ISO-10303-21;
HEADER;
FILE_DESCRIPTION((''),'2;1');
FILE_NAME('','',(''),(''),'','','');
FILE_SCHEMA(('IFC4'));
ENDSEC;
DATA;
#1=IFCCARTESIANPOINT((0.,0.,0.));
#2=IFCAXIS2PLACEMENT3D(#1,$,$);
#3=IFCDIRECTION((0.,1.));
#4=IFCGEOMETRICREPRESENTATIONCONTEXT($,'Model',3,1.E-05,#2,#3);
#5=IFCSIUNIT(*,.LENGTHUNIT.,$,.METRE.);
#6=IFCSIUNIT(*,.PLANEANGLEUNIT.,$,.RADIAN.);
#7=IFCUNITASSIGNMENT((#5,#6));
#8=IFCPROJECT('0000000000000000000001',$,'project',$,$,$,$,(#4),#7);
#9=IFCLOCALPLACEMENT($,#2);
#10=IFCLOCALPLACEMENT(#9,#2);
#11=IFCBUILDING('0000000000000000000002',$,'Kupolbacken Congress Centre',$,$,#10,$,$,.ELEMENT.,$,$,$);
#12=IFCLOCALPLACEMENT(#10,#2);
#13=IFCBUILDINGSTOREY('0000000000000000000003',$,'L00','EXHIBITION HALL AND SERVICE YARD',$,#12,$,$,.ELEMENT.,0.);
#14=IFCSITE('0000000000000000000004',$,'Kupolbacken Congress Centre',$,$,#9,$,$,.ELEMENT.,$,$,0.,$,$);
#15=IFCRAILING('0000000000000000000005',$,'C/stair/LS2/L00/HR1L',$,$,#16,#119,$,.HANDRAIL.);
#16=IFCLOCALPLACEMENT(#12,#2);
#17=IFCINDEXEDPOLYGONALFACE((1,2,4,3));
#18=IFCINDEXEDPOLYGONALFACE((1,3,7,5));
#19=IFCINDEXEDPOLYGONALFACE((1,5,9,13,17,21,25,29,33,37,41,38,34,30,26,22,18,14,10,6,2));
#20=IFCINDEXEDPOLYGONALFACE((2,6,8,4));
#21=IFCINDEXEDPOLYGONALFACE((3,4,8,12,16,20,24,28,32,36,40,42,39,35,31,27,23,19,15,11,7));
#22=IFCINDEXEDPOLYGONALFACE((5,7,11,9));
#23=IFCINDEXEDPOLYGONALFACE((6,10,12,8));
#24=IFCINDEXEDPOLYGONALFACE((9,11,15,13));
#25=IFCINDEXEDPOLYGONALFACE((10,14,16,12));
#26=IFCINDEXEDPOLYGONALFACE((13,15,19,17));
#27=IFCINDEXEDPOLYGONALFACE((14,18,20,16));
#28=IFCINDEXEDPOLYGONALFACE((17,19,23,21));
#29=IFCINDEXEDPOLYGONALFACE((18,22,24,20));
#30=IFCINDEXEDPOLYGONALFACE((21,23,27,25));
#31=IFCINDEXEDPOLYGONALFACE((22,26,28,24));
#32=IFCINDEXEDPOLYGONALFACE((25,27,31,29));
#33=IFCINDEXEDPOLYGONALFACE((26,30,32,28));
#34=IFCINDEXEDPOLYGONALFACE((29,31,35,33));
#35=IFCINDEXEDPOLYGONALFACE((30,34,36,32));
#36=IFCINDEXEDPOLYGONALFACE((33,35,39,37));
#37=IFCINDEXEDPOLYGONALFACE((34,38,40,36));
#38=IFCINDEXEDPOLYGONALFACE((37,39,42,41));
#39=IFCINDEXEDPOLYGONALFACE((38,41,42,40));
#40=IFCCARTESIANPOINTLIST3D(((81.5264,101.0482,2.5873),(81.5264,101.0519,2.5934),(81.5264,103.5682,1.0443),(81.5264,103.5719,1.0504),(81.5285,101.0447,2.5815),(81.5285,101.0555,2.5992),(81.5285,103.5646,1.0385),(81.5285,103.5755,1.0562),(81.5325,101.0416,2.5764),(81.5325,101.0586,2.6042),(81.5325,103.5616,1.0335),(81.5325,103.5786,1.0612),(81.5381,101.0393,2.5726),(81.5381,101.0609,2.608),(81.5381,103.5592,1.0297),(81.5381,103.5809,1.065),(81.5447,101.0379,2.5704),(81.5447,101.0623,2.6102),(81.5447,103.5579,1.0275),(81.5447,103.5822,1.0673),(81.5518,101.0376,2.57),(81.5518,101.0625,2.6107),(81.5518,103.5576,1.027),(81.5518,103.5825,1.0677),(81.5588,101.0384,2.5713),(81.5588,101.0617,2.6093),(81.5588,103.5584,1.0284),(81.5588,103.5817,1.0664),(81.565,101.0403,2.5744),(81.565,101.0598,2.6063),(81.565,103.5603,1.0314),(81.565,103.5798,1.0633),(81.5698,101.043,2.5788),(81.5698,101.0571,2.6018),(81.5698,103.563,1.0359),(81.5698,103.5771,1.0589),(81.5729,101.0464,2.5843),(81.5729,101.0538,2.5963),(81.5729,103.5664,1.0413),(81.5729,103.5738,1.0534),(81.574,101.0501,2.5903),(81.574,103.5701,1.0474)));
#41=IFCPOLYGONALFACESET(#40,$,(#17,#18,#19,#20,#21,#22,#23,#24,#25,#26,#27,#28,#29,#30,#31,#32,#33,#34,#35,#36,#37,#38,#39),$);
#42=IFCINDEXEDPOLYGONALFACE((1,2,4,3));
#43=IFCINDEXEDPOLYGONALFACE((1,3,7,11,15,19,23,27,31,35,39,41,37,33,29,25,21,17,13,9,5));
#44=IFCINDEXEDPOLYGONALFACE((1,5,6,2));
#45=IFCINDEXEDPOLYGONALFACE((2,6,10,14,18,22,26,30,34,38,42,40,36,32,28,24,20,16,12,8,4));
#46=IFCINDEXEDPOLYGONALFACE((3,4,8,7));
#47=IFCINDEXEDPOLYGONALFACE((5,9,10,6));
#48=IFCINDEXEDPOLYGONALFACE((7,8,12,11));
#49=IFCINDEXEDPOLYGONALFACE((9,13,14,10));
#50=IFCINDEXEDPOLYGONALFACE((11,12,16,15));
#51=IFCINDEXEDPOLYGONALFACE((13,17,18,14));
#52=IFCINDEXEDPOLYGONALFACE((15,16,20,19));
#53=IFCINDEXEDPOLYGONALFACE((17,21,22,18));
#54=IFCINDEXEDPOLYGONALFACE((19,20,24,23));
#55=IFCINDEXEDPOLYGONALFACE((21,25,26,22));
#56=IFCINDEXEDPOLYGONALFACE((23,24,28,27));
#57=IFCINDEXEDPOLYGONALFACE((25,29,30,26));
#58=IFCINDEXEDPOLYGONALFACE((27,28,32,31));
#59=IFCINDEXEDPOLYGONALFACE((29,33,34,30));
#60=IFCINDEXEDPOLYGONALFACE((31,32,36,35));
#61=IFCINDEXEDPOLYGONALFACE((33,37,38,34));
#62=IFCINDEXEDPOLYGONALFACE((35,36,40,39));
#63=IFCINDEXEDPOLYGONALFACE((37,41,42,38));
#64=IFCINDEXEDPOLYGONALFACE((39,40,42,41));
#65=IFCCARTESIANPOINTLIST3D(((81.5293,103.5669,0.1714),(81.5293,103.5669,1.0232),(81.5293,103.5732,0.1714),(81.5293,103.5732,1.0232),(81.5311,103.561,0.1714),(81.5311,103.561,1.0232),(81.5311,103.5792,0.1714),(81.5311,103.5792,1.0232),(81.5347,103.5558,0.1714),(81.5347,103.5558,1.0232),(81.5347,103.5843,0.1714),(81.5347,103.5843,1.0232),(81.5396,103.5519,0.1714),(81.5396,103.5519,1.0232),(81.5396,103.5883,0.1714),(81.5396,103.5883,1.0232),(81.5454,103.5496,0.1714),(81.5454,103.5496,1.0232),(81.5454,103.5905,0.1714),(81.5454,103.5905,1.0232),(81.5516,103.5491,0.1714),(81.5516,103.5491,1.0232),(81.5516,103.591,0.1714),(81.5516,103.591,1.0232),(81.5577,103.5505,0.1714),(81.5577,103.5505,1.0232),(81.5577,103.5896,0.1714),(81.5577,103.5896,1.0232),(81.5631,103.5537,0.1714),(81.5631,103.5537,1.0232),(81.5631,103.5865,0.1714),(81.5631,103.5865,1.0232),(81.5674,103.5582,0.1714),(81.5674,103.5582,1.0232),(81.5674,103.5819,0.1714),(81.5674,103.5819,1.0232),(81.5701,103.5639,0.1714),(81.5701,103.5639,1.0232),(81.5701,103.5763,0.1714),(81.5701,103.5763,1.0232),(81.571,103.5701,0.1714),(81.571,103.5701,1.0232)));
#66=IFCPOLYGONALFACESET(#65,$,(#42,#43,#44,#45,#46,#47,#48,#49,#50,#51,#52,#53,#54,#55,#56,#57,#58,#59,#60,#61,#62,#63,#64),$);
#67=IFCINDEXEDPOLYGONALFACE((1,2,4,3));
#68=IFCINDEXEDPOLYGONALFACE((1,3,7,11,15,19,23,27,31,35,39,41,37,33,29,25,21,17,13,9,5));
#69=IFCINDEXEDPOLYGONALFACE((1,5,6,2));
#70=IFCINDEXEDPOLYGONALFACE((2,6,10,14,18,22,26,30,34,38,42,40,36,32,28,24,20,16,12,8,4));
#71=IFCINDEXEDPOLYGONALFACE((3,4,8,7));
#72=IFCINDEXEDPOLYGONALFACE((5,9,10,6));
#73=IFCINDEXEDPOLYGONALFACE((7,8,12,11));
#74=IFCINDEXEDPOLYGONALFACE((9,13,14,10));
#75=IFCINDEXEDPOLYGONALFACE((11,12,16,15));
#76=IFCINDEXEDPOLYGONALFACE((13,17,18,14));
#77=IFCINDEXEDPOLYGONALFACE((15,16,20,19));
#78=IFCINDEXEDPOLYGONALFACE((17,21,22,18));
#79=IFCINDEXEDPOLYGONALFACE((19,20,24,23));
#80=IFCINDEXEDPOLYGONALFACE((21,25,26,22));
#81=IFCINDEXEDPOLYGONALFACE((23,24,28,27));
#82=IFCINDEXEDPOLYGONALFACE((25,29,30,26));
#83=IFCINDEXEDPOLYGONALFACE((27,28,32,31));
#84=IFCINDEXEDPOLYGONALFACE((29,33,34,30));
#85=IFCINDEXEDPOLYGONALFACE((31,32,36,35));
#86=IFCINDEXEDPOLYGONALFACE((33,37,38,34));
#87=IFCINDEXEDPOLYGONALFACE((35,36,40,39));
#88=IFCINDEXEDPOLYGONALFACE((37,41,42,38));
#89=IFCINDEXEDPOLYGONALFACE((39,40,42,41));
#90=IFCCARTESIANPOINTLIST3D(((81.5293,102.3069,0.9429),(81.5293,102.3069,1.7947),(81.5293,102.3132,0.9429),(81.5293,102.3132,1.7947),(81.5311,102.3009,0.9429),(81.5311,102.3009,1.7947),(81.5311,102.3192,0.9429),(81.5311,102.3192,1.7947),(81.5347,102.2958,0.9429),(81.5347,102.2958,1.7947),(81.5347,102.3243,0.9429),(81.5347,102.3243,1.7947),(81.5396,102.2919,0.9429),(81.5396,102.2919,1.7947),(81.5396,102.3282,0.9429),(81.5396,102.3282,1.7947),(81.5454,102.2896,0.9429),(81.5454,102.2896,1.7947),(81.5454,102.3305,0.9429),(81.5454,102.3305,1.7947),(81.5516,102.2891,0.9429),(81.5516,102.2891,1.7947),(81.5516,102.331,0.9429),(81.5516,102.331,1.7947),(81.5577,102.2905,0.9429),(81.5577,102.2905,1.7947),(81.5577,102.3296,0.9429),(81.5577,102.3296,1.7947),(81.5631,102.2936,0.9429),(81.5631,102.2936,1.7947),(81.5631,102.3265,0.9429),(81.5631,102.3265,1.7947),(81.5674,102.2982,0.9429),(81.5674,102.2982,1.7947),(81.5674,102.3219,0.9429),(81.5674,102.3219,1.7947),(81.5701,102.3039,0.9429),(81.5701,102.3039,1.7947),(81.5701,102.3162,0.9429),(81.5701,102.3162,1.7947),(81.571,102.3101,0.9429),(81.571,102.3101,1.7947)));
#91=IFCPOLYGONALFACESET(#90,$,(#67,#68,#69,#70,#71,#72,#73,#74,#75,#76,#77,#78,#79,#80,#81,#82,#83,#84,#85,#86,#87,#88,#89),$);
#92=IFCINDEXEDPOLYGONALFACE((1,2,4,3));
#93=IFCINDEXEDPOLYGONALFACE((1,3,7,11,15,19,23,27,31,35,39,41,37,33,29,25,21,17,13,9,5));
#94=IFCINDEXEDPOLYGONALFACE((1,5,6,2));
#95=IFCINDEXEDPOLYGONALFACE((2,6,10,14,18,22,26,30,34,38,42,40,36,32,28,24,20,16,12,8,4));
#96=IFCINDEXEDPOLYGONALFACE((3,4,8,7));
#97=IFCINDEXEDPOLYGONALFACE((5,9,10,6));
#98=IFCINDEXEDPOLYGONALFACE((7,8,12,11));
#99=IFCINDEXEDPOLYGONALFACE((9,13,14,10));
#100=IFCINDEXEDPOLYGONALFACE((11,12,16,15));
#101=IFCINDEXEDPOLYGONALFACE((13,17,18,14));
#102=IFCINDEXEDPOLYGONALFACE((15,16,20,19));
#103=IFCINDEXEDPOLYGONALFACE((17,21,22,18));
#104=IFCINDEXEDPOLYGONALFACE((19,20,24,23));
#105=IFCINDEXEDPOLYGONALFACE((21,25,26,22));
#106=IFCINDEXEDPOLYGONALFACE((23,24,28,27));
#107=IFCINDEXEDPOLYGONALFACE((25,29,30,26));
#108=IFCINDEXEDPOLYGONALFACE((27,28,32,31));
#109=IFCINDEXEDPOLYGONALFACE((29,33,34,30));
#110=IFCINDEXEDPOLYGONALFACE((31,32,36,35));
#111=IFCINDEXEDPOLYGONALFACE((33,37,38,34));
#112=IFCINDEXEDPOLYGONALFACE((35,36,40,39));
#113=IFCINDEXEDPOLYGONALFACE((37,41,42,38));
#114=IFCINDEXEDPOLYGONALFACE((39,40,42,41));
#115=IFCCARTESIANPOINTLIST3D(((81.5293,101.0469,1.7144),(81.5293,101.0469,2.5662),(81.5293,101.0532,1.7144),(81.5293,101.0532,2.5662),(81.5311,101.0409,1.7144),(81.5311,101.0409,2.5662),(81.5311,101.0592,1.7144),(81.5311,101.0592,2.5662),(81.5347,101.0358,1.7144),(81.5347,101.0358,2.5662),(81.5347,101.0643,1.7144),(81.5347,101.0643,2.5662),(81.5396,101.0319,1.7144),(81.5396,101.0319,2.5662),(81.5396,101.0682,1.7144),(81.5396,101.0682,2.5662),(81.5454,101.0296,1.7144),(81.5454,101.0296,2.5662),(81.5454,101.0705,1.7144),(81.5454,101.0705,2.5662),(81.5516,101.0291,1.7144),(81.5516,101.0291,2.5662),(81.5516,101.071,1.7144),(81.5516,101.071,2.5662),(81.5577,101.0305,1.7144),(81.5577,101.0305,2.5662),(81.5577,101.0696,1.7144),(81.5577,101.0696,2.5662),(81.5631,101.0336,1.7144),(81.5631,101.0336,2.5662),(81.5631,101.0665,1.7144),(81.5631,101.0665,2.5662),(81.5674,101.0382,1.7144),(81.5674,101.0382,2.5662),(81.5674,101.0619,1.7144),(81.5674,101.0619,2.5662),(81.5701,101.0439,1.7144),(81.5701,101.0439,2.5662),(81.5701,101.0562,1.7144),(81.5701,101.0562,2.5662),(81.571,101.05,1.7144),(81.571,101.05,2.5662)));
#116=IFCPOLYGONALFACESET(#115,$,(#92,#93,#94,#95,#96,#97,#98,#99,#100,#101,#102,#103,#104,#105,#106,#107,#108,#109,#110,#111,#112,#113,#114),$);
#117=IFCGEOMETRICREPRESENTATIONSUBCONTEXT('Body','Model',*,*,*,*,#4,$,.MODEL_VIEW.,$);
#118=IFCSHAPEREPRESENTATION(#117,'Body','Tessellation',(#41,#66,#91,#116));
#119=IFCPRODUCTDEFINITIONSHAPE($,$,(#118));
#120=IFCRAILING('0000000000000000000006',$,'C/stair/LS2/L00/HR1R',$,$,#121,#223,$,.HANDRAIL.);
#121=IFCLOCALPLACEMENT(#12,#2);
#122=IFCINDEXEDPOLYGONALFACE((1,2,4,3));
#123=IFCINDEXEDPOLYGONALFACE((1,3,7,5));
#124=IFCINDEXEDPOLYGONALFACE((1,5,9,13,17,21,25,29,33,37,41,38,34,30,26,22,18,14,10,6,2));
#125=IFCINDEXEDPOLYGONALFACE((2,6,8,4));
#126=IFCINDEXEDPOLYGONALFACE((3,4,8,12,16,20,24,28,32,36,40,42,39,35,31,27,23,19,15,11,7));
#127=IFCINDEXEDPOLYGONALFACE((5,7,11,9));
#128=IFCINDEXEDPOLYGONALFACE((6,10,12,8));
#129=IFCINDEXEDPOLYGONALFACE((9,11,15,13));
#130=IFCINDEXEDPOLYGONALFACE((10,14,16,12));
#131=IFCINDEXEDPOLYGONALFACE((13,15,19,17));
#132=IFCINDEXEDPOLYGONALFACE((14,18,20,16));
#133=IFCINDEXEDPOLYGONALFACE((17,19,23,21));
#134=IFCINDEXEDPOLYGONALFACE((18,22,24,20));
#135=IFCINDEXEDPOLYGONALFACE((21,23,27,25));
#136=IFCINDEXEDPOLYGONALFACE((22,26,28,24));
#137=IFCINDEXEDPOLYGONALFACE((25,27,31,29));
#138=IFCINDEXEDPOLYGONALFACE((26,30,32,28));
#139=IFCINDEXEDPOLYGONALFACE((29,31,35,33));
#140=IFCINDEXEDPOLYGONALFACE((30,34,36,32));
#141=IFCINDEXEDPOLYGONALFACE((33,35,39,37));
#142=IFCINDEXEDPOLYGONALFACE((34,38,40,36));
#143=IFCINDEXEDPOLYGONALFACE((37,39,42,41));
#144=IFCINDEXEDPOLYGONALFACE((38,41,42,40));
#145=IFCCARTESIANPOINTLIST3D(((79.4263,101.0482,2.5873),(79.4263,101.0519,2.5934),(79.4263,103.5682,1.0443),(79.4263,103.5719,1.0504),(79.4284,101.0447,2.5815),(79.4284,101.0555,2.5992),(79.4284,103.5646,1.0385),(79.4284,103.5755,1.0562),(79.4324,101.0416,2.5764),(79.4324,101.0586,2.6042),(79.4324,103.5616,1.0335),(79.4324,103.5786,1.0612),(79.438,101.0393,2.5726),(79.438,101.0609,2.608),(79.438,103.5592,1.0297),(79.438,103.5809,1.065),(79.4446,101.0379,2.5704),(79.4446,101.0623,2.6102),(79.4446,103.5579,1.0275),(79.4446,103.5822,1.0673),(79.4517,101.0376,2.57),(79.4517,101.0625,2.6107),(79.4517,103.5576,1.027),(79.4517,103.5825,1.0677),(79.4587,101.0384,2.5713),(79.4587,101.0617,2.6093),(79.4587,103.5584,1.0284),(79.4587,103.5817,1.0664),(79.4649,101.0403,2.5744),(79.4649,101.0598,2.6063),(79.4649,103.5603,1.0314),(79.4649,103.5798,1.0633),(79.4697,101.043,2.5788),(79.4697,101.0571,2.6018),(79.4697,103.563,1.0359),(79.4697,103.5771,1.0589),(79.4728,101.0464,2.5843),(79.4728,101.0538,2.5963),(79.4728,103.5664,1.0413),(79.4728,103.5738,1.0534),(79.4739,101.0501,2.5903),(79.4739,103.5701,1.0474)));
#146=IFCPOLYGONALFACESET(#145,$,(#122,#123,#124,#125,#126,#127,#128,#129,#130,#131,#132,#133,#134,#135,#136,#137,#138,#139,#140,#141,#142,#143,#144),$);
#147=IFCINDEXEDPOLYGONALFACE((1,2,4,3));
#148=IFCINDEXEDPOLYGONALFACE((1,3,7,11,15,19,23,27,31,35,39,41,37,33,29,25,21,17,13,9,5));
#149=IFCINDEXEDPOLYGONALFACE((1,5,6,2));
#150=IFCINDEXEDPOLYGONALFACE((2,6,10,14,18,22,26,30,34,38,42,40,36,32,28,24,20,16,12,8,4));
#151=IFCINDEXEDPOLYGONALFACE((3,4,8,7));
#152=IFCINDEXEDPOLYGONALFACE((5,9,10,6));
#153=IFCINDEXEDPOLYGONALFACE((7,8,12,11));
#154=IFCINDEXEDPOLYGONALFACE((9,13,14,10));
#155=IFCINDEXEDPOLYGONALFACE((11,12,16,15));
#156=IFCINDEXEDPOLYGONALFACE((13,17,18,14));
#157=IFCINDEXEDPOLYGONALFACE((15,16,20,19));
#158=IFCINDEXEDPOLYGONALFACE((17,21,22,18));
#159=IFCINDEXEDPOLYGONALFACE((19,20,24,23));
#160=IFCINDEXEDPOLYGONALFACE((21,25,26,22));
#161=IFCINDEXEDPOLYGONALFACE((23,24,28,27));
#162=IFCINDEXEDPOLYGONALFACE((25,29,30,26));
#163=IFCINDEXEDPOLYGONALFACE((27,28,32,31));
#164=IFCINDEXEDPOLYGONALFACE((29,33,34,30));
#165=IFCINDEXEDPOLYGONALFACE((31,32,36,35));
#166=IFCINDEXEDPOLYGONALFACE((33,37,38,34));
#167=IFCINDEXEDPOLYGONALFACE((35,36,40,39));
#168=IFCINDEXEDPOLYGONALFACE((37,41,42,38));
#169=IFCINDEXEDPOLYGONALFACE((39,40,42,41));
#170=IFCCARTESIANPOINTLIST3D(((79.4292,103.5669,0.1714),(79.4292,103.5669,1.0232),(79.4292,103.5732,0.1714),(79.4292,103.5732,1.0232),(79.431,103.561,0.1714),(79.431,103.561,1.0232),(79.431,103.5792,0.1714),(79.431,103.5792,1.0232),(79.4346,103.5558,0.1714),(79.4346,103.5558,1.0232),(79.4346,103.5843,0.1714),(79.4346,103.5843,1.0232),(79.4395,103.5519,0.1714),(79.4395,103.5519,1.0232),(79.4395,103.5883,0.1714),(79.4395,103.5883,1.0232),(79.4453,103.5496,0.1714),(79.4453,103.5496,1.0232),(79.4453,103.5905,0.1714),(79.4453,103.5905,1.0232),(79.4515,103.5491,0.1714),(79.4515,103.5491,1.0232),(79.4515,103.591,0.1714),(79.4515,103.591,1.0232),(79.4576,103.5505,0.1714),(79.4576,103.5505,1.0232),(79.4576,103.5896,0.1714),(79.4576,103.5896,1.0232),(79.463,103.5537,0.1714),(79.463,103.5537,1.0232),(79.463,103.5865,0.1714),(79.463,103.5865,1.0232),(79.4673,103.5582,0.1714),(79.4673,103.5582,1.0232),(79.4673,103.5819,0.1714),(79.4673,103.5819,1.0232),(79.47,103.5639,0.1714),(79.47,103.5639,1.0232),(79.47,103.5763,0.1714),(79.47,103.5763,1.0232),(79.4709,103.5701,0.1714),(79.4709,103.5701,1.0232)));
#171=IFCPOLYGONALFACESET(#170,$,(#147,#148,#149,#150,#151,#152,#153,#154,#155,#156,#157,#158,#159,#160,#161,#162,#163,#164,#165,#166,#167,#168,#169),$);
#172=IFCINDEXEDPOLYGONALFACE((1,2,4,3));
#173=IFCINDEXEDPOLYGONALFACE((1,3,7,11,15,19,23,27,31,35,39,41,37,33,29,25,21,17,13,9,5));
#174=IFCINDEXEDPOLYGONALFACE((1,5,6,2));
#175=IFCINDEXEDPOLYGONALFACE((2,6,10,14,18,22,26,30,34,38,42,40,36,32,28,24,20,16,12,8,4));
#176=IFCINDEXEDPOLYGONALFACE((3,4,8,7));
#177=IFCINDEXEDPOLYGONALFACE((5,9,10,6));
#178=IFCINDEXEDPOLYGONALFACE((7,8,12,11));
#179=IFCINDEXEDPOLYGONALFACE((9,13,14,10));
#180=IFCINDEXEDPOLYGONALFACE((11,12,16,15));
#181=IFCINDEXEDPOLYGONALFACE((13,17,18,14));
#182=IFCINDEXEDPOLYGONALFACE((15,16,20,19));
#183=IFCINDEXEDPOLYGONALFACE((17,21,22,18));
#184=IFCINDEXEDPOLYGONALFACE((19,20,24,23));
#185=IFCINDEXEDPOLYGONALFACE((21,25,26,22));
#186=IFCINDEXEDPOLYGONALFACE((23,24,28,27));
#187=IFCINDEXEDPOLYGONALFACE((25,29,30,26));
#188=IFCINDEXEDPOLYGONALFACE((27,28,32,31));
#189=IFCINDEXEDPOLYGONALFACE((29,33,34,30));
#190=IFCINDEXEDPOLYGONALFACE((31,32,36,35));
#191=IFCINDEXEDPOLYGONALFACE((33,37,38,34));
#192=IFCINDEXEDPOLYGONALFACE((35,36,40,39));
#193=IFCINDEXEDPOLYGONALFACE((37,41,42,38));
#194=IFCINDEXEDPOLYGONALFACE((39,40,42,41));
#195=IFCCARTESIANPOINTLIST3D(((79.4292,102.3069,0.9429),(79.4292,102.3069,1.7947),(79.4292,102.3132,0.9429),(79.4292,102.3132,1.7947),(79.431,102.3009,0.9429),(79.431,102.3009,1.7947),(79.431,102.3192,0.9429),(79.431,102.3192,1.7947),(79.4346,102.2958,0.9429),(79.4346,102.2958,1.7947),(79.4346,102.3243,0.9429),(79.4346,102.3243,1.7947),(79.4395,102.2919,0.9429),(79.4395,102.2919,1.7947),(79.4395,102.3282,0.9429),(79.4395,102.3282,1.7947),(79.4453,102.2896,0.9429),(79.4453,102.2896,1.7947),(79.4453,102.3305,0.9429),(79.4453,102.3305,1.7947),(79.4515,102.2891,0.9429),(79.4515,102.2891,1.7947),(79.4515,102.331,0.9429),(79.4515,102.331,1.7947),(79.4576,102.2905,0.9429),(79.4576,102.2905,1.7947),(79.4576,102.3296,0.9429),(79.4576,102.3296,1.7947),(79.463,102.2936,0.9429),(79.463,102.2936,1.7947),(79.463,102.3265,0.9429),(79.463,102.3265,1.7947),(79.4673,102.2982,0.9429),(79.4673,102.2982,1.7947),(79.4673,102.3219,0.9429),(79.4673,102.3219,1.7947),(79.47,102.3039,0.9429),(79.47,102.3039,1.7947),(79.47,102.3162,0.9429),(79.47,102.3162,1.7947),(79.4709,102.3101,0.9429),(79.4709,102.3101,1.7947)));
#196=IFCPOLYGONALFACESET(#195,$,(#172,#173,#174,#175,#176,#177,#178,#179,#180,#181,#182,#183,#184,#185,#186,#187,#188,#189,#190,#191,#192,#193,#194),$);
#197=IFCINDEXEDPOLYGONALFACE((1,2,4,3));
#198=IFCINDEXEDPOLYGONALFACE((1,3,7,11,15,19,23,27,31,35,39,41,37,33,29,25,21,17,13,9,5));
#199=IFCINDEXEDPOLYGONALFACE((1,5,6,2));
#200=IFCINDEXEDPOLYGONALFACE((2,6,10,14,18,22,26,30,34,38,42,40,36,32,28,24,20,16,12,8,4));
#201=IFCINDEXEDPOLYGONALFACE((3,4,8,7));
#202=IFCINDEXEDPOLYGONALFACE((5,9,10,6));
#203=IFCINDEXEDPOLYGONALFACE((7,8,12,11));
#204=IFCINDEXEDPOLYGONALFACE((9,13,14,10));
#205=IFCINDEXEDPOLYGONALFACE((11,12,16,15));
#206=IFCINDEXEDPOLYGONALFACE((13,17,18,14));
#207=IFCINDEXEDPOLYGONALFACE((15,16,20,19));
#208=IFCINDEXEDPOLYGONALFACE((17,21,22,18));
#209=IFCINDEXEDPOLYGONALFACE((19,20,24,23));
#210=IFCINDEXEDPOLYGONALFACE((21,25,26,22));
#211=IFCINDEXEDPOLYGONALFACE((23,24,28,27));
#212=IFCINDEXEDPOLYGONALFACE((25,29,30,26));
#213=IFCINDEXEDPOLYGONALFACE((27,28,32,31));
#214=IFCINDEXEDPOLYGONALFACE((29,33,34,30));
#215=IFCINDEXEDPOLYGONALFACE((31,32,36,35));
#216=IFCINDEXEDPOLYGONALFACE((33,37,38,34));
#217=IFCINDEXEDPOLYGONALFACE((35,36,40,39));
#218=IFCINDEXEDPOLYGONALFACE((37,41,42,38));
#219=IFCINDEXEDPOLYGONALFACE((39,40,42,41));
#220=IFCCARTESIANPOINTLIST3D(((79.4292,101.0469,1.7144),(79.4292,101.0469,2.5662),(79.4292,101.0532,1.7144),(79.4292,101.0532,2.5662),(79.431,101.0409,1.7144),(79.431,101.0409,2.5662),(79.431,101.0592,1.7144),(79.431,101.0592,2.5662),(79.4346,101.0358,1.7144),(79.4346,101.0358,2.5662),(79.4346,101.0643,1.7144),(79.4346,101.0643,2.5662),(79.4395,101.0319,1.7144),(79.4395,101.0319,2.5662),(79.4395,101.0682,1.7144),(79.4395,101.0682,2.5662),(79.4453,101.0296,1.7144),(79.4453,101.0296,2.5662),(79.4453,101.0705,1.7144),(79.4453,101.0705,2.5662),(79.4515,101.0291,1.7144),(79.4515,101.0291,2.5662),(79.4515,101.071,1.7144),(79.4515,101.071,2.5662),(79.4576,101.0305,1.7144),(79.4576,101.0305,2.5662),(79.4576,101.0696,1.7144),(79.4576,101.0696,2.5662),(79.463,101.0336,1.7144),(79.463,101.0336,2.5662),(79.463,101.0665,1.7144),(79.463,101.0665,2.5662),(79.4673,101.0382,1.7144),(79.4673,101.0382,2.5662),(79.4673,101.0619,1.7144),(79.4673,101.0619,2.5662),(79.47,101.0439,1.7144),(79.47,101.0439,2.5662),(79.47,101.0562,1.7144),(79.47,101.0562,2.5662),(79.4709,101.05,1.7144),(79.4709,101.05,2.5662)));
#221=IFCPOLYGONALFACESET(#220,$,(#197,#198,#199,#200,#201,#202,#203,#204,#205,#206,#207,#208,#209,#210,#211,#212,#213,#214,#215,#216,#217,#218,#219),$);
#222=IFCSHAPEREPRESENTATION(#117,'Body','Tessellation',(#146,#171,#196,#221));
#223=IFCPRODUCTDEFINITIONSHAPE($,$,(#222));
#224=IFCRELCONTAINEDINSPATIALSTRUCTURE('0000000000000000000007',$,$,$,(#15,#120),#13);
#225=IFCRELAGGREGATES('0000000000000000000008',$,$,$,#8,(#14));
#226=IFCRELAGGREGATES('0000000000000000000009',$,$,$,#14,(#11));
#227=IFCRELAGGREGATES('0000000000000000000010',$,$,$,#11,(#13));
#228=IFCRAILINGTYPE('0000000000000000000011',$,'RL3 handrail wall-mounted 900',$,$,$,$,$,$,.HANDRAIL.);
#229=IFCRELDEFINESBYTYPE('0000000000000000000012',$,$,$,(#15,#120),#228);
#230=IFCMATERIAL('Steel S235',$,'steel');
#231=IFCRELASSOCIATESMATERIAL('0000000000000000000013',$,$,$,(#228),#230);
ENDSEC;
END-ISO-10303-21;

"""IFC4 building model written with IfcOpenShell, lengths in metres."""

from ifc_helpers import new_model, si_unit, direction, frame, origin, origin_2d, place, context, subcontext, project, spatial, circle, extrude, material, type_object, element, save


model = new_model("IFC4")

# Units and contexts
model_context = context("Model", 3, precision=1e-05, world=origin(), true_north=direction((0.0, 1.0)))
body_context = subcontext(model_context, "Body", "Model", "MODEL_VIEW")
ifc_project = project(units=[si_unit("LENGTHUNIT", "METRE"), si_unit("PLANEANGLEUNIT", "RADIAN")], contexts=[model_context])

# Site, building, storey
site_placement = place(None, origin())
site = spatial("IfcSite", under=ifc_project, at=site_placement, Name="Kupolbacken Congress Centre", CompositionType="ELEMENT", RefElevation=0.0)
building_placement = place(site_placement, origin())
building = spatial("IfcBuilding", under=site, at=building_placement, Name="Kupolbacken Congress Centre", CompositionType="ELEMENT")
storey_placement = place(building_placement, origin())
storey = spatial("IfcBuildingStorey", under=building, at=storey_placement, Name="L00", Description="EXHIBITION HALL AND SERVICE YARD", CompositionType="ELEMENT", Elevation=0.0)

# Railings
ifc_material_1 = material(Name="Steel S235", Category="steel")
railing_type = type_object("IfcRailingType", Name="RL3 handrail wall-mounted 900", PredefinedType="HANDRAIL", material=ifc_material_1)
for number, where, name in (
    (1, (81.55, 103.5701, 0.1714), "C/stair/LS2/L00/HR1L"),
    (2, (79.45, 103.5701, 0.1714), "C/stair/LS2/L00/HR1R"),
):
    element("IfcRailing", number, at=place(storey_placement, frame(where)), inside=storey, type_object=railing_type, Name=name, PredefinedType="HANDRAIL", context=body_context, shape_type="SweptSolid", body=[
        extrude(circle(Radius=0.0239, at=origin_2d()), frame((0.0, 0.0, 0.876), z_axis=(0.0, -0.852836, 0.522178), x_axis=(1.0, 0.0, 0.0)), (0.0, 0.0, 1.0), 2.9548),
        extrude(circle(Radius=0.021, at=origin_2d()), origin(), (0.0, 0.0, 1.0), 0.8518),
        extrude(circle(Radius=0.021, at=origin_2d()), frame((0.0, -1.26, 0.7715)), (0.0, 0.0, 1.0), 0.8518),
        extrude(circle(Radius=0.021, at=origin_2d()), frame((0.0, -2.52, 1.543)), (0.0, 0.0, 1.0), 0.8518),
    ])

save(model, "model.ifc")
